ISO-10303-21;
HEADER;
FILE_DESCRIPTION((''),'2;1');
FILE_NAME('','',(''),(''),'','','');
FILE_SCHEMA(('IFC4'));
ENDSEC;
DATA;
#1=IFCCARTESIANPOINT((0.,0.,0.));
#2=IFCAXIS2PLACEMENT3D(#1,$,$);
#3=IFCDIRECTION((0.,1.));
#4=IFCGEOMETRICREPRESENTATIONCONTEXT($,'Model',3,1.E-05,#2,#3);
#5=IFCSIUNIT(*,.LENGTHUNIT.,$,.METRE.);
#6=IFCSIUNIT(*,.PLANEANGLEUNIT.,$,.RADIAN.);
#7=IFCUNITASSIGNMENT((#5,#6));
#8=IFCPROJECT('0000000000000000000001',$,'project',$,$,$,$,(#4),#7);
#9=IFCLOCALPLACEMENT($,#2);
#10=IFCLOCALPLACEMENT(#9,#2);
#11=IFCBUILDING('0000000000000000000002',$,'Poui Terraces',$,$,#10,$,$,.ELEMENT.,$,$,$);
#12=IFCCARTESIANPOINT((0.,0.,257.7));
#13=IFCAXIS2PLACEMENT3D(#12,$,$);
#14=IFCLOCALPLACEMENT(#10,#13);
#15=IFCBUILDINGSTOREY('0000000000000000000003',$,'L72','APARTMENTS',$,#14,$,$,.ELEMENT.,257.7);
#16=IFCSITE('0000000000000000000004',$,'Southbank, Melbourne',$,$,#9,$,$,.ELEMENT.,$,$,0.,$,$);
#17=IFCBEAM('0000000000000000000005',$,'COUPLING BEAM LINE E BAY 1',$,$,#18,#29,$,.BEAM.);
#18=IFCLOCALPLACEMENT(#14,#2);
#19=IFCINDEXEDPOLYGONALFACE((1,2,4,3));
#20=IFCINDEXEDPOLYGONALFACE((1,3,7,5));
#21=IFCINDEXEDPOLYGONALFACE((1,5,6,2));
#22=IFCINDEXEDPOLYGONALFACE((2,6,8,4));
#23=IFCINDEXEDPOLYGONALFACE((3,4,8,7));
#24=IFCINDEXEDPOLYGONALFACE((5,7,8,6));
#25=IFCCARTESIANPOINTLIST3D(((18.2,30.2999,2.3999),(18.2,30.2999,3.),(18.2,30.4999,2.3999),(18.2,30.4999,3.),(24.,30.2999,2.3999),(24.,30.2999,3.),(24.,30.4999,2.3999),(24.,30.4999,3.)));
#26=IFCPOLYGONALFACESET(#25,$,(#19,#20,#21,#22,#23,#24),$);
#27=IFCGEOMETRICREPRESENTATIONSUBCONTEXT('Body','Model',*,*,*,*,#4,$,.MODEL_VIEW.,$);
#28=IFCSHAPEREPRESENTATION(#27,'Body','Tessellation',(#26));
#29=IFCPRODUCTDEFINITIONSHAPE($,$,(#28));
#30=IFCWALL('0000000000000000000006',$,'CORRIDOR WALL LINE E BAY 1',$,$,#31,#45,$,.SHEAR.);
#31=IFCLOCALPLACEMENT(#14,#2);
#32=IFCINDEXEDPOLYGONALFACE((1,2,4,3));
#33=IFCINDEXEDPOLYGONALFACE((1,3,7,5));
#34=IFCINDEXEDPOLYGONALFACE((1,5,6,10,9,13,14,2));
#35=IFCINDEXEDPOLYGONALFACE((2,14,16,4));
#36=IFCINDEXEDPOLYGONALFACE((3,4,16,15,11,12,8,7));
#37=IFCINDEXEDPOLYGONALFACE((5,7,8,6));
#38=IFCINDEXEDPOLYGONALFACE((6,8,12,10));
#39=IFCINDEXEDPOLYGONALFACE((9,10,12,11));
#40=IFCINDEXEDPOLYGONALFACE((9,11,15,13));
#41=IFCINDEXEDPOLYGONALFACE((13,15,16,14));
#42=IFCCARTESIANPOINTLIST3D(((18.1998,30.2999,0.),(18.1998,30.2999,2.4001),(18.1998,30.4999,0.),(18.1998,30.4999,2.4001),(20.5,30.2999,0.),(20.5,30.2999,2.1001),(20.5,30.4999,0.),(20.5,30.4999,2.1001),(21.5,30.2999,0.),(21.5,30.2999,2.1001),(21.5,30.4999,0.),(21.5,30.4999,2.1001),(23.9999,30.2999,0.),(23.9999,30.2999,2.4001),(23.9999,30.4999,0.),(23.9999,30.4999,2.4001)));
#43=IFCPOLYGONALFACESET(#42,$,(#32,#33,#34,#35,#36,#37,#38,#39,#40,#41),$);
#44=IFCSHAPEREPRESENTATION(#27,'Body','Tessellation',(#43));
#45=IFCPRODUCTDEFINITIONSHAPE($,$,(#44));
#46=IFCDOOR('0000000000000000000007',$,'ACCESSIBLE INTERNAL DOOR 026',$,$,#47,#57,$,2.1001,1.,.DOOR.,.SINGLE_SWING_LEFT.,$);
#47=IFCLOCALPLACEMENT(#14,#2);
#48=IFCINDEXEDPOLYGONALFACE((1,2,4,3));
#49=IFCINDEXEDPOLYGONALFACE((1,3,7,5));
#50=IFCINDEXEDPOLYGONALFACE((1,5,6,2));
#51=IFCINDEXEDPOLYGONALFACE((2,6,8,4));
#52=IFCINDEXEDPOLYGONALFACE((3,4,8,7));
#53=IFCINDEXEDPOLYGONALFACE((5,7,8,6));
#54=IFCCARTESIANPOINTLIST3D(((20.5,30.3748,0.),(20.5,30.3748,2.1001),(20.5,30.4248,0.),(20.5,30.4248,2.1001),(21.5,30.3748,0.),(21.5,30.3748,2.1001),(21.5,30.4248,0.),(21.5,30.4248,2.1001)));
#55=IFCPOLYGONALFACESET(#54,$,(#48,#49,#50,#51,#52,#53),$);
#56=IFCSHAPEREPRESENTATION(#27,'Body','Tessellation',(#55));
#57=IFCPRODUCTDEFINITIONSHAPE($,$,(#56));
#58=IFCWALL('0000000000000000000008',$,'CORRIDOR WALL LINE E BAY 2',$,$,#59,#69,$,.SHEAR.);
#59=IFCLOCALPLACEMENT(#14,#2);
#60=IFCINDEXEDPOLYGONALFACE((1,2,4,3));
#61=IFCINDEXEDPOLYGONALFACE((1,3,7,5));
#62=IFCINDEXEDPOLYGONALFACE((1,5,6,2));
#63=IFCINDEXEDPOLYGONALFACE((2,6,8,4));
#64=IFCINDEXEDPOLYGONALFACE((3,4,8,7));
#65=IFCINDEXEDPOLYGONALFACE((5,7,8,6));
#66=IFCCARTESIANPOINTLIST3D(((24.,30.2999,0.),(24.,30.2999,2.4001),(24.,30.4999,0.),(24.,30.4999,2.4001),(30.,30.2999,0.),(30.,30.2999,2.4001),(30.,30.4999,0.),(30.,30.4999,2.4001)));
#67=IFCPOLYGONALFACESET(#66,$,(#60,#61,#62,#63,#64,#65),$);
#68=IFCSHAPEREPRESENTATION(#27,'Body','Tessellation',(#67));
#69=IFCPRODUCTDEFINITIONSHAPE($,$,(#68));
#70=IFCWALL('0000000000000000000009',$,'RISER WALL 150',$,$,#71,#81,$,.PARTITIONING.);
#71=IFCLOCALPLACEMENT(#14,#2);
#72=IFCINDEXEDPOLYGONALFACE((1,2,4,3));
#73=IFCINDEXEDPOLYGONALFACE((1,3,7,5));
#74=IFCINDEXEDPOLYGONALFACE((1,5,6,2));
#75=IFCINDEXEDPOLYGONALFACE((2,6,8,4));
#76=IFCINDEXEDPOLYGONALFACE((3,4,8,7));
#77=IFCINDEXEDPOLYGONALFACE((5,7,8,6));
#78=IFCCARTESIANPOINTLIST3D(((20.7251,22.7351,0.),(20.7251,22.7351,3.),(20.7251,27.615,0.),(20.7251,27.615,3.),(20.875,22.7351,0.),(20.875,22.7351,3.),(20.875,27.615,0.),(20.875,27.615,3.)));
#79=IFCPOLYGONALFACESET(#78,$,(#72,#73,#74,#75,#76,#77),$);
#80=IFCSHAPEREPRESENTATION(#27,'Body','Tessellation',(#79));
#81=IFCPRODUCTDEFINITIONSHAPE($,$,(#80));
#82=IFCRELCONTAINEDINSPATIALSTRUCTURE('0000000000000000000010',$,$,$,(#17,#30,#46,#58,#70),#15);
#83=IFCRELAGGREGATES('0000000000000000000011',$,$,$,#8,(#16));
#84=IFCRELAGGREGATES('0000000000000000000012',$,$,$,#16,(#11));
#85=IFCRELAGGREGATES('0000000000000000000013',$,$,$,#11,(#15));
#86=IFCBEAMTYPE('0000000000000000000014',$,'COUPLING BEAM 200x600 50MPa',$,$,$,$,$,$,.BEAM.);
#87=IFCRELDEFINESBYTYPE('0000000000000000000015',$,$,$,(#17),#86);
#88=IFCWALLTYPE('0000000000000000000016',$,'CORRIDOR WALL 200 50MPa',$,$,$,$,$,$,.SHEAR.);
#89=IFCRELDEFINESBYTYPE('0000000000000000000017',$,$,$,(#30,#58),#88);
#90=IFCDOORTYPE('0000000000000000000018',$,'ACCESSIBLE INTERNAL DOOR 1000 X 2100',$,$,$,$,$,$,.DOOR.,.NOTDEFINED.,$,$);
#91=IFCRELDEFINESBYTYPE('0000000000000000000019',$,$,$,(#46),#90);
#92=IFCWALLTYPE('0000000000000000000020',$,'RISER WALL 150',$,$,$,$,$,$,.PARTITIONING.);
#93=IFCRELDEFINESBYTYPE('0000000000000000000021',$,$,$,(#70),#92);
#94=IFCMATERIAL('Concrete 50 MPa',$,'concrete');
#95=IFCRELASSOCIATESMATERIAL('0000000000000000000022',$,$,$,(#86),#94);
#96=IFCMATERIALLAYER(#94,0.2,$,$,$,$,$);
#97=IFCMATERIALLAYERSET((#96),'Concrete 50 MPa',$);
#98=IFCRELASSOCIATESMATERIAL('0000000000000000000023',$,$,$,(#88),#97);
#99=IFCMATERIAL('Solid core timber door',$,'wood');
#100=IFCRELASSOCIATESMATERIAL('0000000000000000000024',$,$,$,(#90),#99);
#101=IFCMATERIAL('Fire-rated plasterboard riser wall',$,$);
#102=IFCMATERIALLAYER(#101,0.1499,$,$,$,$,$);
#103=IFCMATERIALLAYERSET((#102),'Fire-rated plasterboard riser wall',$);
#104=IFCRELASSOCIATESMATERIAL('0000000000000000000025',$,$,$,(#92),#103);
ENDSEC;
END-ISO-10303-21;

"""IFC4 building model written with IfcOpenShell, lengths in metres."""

from ifc_helpers import new_model, si_unit, direction, frame, frame_2d, origin, origin_2d, place, context, subcontext, project, spatial, rectangle, extrude, source, transform, mapped, material, layer, layer_set, material_profile, profile_set, type_object, element, fill, save


model = new_model("IFC4")

# Units and contexts
model_context = context("Model", 3, precision=1e-05, world=origin(), true_north=direction((0.0, 1.0)))
body_context = subcontext(model_context, "Body", "Model", "MODEL_VIEW")
ifc_project = project(units=[si_unit("LENGTHUNIT", "METRE"), si_unit("PLANEANGLEUNIT", "RADIAN")], contexts=[model_context])

# Site, building, storey
site_placement = place(None, origin())
site = spatial("IfcSite", under=ifc_project, at=site_placement, Name="Southbank, Melbourne", CompositionType="ELEMENT", RefElevation=0.0)
building_placement = place(site_placement, origin())
building = spatial("IfcBuilding", under=site, at=building_placement, Name="Poui Terraces", CompositionType="ELEMENT")
storey_placement = place(building_placement, frame((0.0, 0.0, 257.7)))
storey = spatial("IfcBuildingStorey", under=building, at=storey_placement, Name="L72", Description="APARTMENTS", CompositionType="ELEMENT", Elevation=257.7)

# Beam
ifc_material_1 = material(Name="Concrete 50 MPa", Category="concrete")
ifc_material_profile = material_profile(ifc_material_1, rectangle(XDim=0.2, YDim=0.6001, at=origin_2d()), Name="RC 200x600")
ifc_profile_set = profile_set([ifc_material_profile], Name="Concrete 50 MPa")
beam_type = type_object("IfcBeamType", Name="COUPLING BEAM 200x600 50MPa", PredefinedType="BEAM", material=ifc_profile_set)
shared_shape = source(origin(), body_context, "Body", "SweptSolid", [
    extrude(rectangle(XDim=0.2, YDim=0.6001, at=origin_2d()), origin(), (0.0, 0.0, 1.0), 5.8),
])
beam_placement = place(storey_placement, frame((18.2, 30.3999, 2.7), z_axis=(1.0, 0.0, 0.0), x_axis=(0.0, 1.0, 0.0)))
element("IfcBeam", 1, at=beam_placement, inside=storey, type_object=beam_type, Name="COUPLING BEAM LINE E BAY 1", PredefinedType="BEAM", context=body_context, shape_type="MappedRepresentation", body=[
    mapped(shared_shape, transform((0.0, 0.0, 0.0))),
])

# Wall, opening, door
ifc_layer_1 = layer(ifc_material_1, 0.2)
ifc_layer_set_1 = layer_set([ifc_layer_1], Name="Concrete 50 MPa")
wall_type_1 = type_object("IfcWallType", Name="CORRIDOR WALL 200 50MPa", PredefinedType="SHEAR", material=ifc_layer_set_1)
wall_1_placement = place(storey_placement, frame((18.2, 30.3999, 0.0), z_axis=(0.0, 0.0, 1.0), x_axis=(1.0, 0.0, 0.0)))
wall_1 = element("IfcWall", 2, at=wall_1_placement, inside=storey, type_object=wall_type_1, Name="CORRIDOR WALL LINE E BAY 1", PredefinedType="SHEAR", context=body_context, shape_type="SweptSolid", body=[
    extrude(rectangle(XDim=5.8, YDim=0.2, at=frame_2d((2.8999, 0.0))), origin(), (0.0, 0.0, 1.0), 2.4001),
])
opening_1_placement = place(wall_1_placement, frame((2.3, 0.0, 0.0)))
opening_1 = element("IfcOpeningElement", 3, at=opening_1_placement, cuts=wall_1, PredefinedType="OPENING", context=body_context, shape_type="SweptSolid", body=[
    extrude(rectangle(XDim=1.0, YDim=2.1001, at=frame_2d((0.5, 1.05))), frame((0.0, 0.1099, 0.0), z_axis=(0.0, -1.0, 0.0), x_axis=(1.0, 0.0, 0.0)), (0.0, 0.0, 1.0), 0.22),
])
ifc_material_2 = material(Name="Solid core timber door", Category="wood")
door_type_1 = type_object("IfcDoorType", Name="ACCESSIBLE INTERNAL DOOR 1000 X 2100", OperationType="NOTDEFINED", PredefinedType="DOOR", material=ifc_material_2)
door_1_placement = place(opening_1_placement, origin())
door_1 = element("IfcDoor", 4, at=door_1_placement, inside=storey, type_object=door_type_1, Name="ACCESSIBLE INTERNAL DOOR 026", OperationType="SINGLE_SWING_LEFT", OverallHeight=2.1001, OverallWidth=1.0, PredefinedType="DOOR", context=body_context, shape_type="SweptSolid", body=[
    extrude(rectangle(XDim=1.0, YDim=2.1001, at=frame_2d((0.5, 1.05))), frame((0.0, 0.0249, 0.0), z_axis=(0.0, -1.0, 0.0), x_axis=(1.0, 0.0, 0.0)), (0.0, 0.0, 1.0), 0.05),
])
fill(opening_1, door_1)

# Walls
wall_2_placement = place(storey_placement, frame((24.0, 30.3999, 0.0), z_axis=(0.0, 0.0, 1.0), x_axis=(1.0, 0.0, 0.0)))
element("IfcWall", 5, at=wall_2_placement, inside=storey, type_object=wall_type_1, Name="CORRIDOR WALL LINE E BAY 2", PredefinedType="SHEAR", context=body_context, shape_type="SweptSolid", body=[
    extrude(rectangle(XDim=6.0, YDim=0.2, at=frame_2d((3.0, 0.0))), origin(), (0.0, 0.0, 1.0), 2.4001),
])
ifc_material_3 = material(Name="Fire-rated plasterboard riser wall")
ifc_layer_2 = layer(ifc_material_3, 0.1499)
ifc_layer_set_2 = layer_set([ifc_layer_2], Name="Fire-rated plasterboard riser wall")
wall_type_2 = type_object("IfcWallType", Name="RISER WALL 150", PredefinedType="PARTITIONING", material=ifc_layer_set_2)
wall_3_placement = place(storey_placement, frame((20.8, 22.7351, 0.0), z_axis=(0.0, 0.0, 1.0), x_axis=(0.0, 1.0, 0.0)))
element("IfcWall", 6, at=wall_3_placement, inside=storey, type_object=wall_type_2, Name="RISER WALL 150", PredefinedType="PARTITIONING", context=body_context, shape_type="SweptSolid", body=[
    extrude(rectangle(XDim=4.8799, YDim=0.1499, at=frame_2d((2.4399, 0.0))), origin(), (0.0, 0.0, 1.0), 3.0),
])

save(model, "model.ifc")
